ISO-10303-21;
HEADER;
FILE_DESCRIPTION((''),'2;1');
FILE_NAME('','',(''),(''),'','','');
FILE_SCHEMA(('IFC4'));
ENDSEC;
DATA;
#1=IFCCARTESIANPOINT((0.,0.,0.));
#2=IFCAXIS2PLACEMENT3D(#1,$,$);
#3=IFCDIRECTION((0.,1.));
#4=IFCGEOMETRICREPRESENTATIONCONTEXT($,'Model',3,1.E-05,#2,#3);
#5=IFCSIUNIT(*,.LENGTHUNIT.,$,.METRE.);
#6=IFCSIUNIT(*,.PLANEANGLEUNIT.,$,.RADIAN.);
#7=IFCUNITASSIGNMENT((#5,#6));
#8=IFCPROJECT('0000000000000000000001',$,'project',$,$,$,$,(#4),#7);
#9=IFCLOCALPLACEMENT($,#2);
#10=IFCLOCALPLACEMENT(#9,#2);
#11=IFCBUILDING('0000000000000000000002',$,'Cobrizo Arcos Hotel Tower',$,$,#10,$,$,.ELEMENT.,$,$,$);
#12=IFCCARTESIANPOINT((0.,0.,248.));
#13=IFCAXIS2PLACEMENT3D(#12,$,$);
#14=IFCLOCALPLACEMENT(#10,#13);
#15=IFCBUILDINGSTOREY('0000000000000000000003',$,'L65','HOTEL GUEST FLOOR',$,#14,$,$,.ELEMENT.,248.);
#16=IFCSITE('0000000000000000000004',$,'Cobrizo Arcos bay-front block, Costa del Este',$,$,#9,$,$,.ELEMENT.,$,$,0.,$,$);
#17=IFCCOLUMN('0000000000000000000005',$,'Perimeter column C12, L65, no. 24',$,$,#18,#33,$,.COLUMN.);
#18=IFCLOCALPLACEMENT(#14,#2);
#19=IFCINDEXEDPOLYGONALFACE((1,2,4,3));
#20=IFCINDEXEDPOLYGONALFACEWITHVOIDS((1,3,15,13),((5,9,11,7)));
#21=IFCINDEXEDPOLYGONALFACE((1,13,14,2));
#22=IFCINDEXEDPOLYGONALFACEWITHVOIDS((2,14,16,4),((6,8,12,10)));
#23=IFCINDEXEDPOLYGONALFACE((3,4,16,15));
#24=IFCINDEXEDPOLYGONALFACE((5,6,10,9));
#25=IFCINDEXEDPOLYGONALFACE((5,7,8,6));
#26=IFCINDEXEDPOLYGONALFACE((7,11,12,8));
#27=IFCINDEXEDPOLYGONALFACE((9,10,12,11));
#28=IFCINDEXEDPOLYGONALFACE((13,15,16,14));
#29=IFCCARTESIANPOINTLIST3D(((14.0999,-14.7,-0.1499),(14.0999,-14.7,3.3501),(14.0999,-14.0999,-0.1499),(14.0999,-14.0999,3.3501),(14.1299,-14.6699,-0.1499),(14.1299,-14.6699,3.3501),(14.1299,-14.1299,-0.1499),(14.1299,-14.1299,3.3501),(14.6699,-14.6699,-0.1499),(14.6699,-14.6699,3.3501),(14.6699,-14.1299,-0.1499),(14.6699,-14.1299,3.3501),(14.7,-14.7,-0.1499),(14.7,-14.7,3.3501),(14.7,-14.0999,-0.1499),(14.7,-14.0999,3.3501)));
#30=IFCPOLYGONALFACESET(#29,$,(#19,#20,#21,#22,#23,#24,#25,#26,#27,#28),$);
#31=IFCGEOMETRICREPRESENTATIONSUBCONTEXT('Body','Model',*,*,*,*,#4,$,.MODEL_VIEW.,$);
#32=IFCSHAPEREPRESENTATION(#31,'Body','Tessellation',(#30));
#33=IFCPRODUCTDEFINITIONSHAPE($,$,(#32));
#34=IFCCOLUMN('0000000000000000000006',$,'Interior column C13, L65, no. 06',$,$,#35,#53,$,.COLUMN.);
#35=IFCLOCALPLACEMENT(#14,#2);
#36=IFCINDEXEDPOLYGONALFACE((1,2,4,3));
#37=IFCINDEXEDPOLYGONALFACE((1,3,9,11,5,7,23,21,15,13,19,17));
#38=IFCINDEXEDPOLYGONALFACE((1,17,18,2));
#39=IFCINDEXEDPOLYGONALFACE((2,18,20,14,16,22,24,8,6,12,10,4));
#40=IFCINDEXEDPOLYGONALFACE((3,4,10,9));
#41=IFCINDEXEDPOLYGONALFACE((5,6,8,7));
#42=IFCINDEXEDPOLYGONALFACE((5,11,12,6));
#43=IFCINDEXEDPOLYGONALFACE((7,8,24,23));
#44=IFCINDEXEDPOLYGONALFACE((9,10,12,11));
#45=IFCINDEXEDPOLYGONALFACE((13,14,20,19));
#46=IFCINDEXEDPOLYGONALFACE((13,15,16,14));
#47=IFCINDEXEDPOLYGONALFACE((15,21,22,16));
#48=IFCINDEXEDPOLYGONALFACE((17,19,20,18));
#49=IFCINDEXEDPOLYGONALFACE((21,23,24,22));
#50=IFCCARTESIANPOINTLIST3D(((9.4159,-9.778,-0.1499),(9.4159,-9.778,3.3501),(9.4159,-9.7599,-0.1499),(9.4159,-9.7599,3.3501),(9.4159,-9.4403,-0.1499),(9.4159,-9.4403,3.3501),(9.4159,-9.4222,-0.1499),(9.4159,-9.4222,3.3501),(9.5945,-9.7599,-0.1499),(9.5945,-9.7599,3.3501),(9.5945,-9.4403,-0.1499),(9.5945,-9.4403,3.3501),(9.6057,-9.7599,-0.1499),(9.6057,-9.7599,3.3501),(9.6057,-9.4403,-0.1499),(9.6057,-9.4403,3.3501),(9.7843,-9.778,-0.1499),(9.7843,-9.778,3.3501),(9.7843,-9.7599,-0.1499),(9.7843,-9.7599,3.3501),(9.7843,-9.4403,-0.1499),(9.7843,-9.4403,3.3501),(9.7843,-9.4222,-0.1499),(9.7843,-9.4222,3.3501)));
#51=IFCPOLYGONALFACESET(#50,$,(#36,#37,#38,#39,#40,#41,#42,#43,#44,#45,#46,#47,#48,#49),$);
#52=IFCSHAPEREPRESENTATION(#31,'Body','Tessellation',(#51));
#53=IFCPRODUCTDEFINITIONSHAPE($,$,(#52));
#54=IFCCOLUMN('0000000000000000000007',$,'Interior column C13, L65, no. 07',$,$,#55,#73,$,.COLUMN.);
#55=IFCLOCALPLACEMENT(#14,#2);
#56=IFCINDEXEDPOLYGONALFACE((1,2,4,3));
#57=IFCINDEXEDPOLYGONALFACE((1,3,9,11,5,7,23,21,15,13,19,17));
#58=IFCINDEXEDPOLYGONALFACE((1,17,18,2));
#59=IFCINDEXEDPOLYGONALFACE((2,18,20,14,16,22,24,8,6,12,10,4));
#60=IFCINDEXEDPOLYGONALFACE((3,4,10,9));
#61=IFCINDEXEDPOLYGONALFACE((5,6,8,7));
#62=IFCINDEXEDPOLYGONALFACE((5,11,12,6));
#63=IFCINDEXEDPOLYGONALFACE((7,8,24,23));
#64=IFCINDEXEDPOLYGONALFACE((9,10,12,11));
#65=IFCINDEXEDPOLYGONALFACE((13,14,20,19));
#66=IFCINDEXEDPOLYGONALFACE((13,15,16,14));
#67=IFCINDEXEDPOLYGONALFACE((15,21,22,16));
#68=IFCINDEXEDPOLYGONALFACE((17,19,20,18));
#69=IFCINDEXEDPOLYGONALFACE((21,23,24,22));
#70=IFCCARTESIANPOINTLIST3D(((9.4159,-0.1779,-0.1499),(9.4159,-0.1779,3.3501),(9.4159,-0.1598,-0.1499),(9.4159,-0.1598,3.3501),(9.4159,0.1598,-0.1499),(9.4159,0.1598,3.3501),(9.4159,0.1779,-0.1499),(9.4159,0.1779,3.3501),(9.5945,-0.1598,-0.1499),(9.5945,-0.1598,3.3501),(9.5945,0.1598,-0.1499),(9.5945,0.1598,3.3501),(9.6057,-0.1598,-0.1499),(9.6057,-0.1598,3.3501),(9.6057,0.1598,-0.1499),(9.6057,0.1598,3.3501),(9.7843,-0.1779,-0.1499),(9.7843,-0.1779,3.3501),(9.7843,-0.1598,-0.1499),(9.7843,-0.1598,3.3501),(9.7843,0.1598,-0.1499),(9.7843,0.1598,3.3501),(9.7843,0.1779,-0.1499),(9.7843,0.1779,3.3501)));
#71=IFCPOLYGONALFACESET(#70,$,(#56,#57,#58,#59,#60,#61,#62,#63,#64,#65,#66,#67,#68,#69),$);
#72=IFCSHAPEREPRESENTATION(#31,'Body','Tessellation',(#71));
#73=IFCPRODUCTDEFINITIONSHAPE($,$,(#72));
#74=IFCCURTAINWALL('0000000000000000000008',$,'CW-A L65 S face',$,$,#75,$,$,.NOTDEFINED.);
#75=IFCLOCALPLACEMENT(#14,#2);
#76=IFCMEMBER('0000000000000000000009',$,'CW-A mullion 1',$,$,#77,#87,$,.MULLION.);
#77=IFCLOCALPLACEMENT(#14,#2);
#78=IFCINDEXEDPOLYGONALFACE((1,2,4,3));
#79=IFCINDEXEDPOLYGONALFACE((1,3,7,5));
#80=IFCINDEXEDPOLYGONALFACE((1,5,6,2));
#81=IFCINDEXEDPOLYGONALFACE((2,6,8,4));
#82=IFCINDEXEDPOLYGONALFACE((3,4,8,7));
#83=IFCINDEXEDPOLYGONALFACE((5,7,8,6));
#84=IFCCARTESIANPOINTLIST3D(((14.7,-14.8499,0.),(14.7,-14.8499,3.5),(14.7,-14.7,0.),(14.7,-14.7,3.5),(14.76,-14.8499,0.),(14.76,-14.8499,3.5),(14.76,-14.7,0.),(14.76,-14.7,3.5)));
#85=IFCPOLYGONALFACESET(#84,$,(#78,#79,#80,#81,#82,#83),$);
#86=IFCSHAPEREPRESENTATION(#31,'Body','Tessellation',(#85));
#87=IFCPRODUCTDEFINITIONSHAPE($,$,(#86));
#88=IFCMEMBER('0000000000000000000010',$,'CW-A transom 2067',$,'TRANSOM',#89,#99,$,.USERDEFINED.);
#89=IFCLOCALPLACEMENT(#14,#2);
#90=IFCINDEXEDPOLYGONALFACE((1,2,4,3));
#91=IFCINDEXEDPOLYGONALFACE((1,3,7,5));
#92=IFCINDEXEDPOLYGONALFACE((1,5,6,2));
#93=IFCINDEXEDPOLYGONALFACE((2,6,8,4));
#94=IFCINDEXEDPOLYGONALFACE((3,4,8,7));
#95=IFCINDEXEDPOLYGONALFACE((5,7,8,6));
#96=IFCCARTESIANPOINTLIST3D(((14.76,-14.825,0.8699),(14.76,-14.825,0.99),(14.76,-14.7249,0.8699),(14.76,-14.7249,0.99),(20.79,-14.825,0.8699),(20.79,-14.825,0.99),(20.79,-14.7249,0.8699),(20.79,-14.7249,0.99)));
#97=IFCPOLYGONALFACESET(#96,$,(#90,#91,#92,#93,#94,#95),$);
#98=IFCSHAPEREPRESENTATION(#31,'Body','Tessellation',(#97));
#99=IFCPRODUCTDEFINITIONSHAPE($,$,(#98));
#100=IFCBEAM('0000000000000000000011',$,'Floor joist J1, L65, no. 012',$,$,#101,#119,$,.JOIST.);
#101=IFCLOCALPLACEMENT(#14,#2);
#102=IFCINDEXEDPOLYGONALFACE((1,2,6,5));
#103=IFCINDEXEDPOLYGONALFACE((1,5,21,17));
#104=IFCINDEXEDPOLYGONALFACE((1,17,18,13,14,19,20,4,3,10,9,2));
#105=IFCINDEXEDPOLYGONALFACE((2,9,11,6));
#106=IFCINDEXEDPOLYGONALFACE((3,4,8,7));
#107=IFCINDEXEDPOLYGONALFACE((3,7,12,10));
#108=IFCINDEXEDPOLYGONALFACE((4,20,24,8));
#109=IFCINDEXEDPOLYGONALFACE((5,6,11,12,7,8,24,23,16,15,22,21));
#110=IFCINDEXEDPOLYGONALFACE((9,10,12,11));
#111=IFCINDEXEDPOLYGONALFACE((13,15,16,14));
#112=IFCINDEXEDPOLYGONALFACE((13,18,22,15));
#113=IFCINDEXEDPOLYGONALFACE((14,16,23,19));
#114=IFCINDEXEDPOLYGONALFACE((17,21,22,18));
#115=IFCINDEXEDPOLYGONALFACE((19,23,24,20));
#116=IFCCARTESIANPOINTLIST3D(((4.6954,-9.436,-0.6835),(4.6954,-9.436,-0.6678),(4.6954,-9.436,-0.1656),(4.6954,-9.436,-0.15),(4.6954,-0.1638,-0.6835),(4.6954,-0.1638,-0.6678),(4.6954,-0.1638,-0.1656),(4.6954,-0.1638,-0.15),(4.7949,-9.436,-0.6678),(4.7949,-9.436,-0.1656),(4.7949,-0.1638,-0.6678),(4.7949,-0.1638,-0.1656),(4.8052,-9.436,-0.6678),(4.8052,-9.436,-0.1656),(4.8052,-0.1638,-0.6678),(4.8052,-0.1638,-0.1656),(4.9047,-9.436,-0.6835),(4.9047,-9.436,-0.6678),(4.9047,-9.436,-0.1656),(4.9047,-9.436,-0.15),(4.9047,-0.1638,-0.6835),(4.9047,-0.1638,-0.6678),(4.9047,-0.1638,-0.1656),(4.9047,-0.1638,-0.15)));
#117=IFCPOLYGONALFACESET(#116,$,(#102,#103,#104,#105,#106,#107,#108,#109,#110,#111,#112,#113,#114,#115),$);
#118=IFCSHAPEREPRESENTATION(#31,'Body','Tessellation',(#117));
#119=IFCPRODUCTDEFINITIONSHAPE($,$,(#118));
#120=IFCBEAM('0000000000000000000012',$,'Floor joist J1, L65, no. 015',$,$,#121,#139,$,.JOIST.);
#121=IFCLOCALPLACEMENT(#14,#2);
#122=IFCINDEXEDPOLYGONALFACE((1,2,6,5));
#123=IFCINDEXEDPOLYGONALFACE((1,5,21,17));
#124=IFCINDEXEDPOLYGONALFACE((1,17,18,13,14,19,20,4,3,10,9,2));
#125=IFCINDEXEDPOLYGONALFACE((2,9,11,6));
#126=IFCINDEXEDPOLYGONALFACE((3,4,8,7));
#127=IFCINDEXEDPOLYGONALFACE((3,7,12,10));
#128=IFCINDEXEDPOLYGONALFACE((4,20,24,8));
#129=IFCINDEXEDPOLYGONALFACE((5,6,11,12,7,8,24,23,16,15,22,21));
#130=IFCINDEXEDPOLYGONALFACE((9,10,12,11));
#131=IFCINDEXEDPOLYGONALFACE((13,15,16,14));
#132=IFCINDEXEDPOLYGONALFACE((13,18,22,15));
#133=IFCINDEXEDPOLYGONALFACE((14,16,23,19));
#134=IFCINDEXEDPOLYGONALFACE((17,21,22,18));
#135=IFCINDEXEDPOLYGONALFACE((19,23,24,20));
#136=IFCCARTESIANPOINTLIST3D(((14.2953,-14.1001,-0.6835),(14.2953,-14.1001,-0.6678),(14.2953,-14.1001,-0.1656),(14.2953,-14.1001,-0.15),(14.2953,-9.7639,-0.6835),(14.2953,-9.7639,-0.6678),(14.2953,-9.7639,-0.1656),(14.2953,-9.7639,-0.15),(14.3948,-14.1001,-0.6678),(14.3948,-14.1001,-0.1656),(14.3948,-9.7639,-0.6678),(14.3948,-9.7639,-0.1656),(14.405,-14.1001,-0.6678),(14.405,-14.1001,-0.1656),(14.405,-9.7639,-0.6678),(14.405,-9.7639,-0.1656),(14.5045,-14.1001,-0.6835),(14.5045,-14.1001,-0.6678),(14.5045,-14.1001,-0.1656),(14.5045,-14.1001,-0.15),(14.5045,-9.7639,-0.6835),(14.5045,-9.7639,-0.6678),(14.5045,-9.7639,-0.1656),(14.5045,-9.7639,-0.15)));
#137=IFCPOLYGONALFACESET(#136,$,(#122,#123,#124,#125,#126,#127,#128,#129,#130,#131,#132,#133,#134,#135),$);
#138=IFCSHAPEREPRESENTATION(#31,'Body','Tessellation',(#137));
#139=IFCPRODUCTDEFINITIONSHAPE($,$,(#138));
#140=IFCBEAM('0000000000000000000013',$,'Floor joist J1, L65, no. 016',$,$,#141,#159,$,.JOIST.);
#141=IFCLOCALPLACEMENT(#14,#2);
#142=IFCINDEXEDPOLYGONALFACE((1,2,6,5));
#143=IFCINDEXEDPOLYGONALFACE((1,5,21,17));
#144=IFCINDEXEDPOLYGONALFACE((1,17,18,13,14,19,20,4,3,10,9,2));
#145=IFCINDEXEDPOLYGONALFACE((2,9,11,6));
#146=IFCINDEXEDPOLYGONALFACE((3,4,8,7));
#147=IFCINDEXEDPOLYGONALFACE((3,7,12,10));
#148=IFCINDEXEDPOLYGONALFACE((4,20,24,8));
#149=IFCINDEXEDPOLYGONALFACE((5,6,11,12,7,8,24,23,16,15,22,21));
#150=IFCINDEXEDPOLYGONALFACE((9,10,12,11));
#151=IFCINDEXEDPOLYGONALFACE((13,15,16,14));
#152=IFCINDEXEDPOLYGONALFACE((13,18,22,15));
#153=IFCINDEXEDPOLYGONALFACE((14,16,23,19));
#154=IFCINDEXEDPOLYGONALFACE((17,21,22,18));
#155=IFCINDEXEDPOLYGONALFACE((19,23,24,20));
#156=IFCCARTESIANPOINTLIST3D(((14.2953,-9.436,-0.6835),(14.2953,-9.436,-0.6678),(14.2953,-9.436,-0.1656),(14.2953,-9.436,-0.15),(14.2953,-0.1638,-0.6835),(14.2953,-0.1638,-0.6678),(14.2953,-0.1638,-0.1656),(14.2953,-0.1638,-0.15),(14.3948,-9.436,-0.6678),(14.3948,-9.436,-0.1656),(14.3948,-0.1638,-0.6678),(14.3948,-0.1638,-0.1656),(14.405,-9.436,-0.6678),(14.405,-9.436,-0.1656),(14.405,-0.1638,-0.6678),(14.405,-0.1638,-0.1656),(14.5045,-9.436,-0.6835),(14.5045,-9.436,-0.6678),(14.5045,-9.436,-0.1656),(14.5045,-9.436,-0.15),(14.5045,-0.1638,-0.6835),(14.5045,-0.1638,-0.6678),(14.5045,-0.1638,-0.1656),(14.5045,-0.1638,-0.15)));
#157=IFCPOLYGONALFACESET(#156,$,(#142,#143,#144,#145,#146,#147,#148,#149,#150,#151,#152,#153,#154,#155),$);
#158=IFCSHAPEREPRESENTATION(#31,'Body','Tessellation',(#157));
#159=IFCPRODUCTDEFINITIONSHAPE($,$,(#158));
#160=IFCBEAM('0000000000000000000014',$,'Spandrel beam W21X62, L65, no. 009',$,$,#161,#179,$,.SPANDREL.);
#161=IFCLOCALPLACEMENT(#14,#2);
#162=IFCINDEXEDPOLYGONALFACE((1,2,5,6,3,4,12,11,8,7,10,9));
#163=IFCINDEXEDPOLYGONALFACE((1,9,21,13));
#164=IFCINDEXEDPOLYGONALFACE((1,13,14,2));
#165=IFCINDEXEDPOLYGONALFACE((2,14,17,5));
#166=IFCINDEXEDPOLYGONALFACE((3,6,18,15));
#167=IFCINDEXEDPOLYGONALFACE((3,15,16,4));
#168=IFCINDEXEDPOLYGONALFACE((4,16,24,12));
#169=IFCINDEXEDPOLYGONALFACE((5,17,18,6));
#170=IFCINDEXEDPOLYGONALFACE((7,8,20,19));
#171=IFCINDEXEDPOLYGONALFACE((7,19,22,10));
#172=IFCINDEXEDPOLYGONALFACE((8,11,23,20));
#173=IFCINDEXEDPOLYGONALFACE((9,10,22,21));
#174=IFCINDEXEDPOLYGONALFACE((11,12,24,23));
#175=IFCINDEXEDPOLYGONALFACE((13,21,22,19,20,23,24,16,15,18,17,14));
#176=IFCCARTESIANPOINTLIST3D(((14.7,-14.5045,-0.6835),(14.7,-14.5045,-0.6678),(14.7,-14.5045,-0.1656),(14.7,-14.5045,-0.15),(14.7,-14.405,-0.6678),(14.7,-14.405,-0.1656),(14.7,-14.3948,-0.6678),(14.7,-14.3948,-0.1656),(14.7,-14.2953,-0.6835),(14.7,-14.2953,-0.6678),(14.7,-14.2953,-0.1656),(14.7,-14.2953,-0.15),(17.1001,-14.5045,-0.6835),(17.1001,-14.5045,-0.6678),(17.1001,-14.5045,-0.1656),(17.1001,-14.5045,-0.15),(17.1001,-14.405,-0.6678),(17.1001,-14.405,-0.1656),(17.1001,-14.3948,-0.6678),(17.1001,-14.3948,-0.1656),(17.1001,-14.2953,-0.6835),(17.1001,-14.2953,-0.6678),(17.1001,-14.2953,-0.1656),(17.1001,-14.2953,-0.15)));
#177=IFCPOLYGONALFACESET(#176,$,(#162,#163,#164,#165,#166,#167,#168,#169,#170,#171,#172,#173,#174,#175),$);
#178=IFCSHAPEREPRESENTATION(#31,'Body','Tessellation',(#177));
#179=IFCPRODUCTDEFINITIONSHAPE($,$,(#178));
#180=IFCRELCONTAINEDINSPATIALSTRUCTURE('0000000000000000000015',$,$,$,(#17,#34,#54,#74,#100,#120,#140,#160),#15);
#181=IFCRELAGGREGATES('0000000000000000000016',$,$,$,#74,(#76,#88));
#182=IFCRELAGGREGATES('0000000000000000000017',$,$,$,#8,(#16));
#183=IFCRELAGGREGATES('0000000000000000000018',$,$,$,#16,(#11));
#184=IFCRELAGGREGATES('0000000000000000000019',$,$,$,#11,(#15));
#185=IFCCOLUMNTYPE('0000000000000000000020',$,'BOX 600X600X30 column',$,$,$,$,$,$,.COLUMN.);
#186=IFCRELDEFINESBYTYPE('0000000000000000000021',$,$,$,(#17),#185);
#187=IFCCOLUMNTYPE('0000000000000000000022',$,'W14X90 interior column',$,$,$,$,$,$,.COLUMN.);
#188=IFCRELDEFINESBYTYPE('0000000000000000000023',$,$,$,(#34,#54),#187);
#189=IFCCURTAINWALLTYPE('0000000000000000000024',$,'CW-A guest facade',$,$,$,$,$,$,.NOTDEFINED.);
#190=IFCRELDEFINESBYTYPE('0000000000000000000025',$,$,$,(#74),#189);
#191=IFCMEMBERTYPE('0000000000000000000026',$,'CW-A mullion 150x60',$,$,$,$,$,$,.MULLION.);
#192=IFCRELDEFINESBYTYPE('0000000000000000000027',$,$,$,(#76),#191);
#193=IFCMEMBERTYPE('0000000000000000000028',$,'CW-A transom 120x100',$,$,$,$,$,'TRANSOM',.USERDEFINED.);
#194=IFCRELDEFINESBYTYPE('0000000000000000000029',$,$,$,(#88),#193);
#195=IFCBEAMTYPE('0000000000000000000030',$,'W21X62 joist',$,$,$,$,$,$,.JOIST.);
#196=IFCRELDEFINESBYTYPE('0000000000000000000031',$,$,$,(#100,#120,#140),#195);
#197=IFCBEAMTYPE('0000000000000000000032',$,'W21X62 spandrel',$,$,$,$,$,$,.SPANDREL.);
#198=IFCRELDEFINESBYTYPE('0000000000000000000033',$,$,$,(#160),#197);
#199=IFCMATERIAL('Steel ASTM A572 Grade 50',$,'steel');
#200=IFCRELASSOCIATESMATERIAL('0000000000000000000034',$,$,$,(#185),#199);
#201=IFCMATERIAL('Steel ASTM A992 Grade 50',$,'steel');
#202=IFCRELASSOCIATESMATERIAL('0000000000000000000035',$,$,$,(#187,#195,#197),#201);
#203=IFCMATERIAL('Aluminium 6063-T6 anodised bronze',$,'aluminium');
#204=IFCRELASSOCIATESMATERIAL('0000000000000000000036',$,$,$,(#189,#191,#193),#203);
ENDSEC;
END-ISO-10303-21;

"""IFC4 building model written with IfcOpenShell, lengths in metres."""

from ifc_helpers import new_model, si_unit, direction, frame, origin, origin_2d, place, context, subcontext, project, spatial, rectangle, hollow_rectangle, i_section, extrude, material, material_profile, profile_set, type_object, element, aggregate, save


model = new_model("IFC4")

# Units and contexts
model_context = context("Model", 3, precision=1e-05, world=origin(), true_north=direction((0.0, 1.0)))
body_context = subcontext(model_context, "Body", "Model", "MODEL_VIEW")
ifc_project = project(units=[si_unit("LENGTHUNIT", "METRE"), si_unit("PLANEANGLEUNIT", "RADIAN")], contexts=[model_context])

# Site, building, storey
site_placement = place(None, origin())
site = spatial("IfcSite", under=ifc_project, at=site_placement, Name="Cobrizo Arcos bay-front block, Costa del Este", CompositionType="ELEMENT", RefElevation=0.0)
building_placement = place(site_placement, origin())
building = spatial("IfcBuilding", under=site, at=building_placement, Name="Cobrizo Arcos Hotel Tower", CompositionType="ELEMENT")
storey_placement = place(building_placement, frame((0.0, 0.0, 248.0)))
storey = spatial("IfcBuildingStorey", under=building, at=storey_placement, Name="L65", Description="HOTEL GUEST FLOOR", CompositionType="ELEMENT", Elevation=248.0)

# Columns
ifc_material_1 = material(Name="Steel ASTM A572 Grade 50", Category="steel")
ifc_material_profile_1 = material_profile(ifc_material_1, hollow_rectangle(XDim=0.6001, YDim=0.6001, WallThickness=0.03, at=origin_2d()), Name="BOX 600X600X30")
ifc_profile_set_1 = profile_set([ifc_material_profile_1], Name="Steel ASTM A572 Grade 50")
column_type_1 = type_object("IfcColumnType", Name="BOX 600X600X30 column", PredefinedType="COLUMN", material=ifc_profile_set_1)
column_placement = place(storey_placement, frame((14.3999, -14.3999, -0.1499), z_axis=(0.0, 0.0, 1.0), x_axis=(1.0, 0.0, 0.0)))
element("IfcColumn", 1, at=column_placement, inside=storey, type_object=column_type_1, Name="Perimeter column C12, L65, no. 24", PredefinedType="COLUMN", context=body_context, shape_type="SweptSolid", body=[
    extrude(hollow_rectangle(XDim=0.6001, YDim=0.6001, WallThickness=0.03, at=origin_2d()), origin(), (0.0, 0.0, 1.0), 3.5),
])
ifc_material_2 = material(Name="Steel ASTM A992 Grade 50", Category="steel")
ifc_material_profile_2 = material_profile(ifc_material_2, i_section(OverallWidth=0.3684, OverallDepth=0.3557, WebThickness=0.0112, FlangeThickness=0.0181, at=origin_2d()), Name="W14X90")
ifc_profile_set_2 = profile_set([ifc_material_profile_2], Name="Steel ASTM A992 Grade 50")
column_type_2 = type_object("IfcColumnType", Name="W14X90 interior column", PredefinedType="COLUMN", material=ifc_profile_set_2)
for number, where, z_axis, x_axis, name in (
    (2, (9.6001, -9.6001, -0.1499), (0.0, 0.0, 1.0), (1.0, 0.0, 0.0), "Interior column C13, L65, no. 06"),
    (3, (9.6001, 0.0, -0.1499), (0.0, 0.0, 1.0), (1.0, 0.0, 0.0), "Interior column C13, L65, no. 07"),
):
    element("IfcColumn", number, at=place(storey_placement, frame(where, z_axis=z_axis, x_axis=x_axis)), inside=storey, type_object=column_type_2, Name=name, PredefinedType="COLUMN", context=body_context, shape_type="SweptSolid", body=[
        extrude(i_section(OverallWidth=0.3684, OverallDepth=0.3557, WebThickness=0.0112, FlangeThickness=0.0181, at=origin_2d()), origin(), (0.0, 0.0, 1.0), 3.5),
    ])

# Curtain wall, members
ifc_material_3 = material(Name="Aluminium 6063-T6 anodised bronze", Category="aluminium")
curtain_wall_type = type_object("IfcCurtainWallType", Name="CW-A guest facade", PredefinedType="NOTDEFINED", material=ifc_material_3)
curtain_wall_placement = place(storey_placement, origin())
curtain_wall = element("IfcCurtainWall", 4, at=curtain_wall_placement, inside=storey, type_object=curtain_wall_type, Name="CW-A L65 S face", PredefinedType="NOTDEFINED")
ifc_material_profile_3 = material_profile(ifc_material_3, rectangle(XDim=0.1499, YDim=0.0601, at=origin_2d()), Name="CW-A mullion 150x60")
ifc_profile_set_3 = profile_set([ifc_material_profile_3], Name="Aluminium 6063-T6 anodised bronze")
member_type_1 = type_object("IfcMemberType", Name="CW-A mullion 150x60", PredefinedType="MULLION", material=ifc_profile_set_3)
member_1_placement = place(storey_placement, frame((14.73, -14.7749, 0.0), z_axis=(0.0, 0.0, 1.0), x_axis=(0.0, -1.0, 0.0)))
member_1 = element("IfcMember", 5, at=member_1_placement, type_object=member_type_1, Name="CW-A mullion 1", PredefinedType="MULLION", context=body_context, shape_type="SweptSolid", body=[
    extrude(rectangle(XDim=0.1499, YDim=0.0601, at=origin_2d()), origin(), (0.0, 0.0, 1.0), 3.5),
])
ifc_material_profile_4 = material_profile(ifc_material_3, rectangle(XDim=0.1001, YDim=0.1201, at=origin_2d()), Name="CW-A transom 120x100")
ifc_profile_set_4 = profile_set([ifc_material_profile_4], Name="Aluminium 6063-T6 anodised bronze")
member_type_2 = type_object("IfcMemberType", Name="CW-A transom 120x100", ElementType="TRANSOM", PredefinedType="USERDEFINED", material=ifc_profile_set_4)
member_2_placement = place(storey_placement, frame((14.76, -14.7749, 0.9299), z_axis=(1.0, 0.0, 0.0), x_axis=(0.0, 1.0, 0.0)))
member_2 = element("IfcMember", 6, at=member_2_placement, type_object=member_type_2, Name="CW-A transom 2067", ObjectType="TRANSOM", PredefinedType="USERDEFINED", context=body_context, shape_type="SweptSolid", body=[
    extrude(rectangle(XDim=0.1001, YDim=0.1201, at=origin_2d()), origin(), (0.0, 0.0, 1.0), 6.03),
])
aggregate(curtain_wall, [member_1, member_2])

# Beams
ifc_material_profile_5 = material_profile(ifc_material_2, i_section(OverallWidth=0.2092, OverallDepth=0.5334, WebThickness=0.0103, FlangeThickness=0.0156, at=origin_2d()), Name="W21X62")
ifc_profile_set_5 = profile_set([ifc_material_profile_5], Name="Steel ASTM A992 Grade 50")
beam_type_1 = type_object("IfcBeamType", Name="W21X62 joist", PredefinedType="JOIST", material=ifc_profile_set_5)
beam_1_placement = place(storey_placement, frame((4.8, -9.436, -0.4167), z_axis=(0.0, 1.0, 0.0), x_axis=(-1.0, 0.0, 0.0)))
element("IfcBeam", 7, at=beam_1_placement, inside=storey, type_object=beam_type_1, Name="Floor joist J1, L65, no. 012", PredefinedType="JOIST", context=body_context, shape_type="SweptSolid", body=[
    extrude(i_section(OverallWidth=0.2092, OverallDepth=0.5334, WebThickness=0.0103, FlangeThickness=0.0156, at=origin_2d()), origin(), (0.0, 0.0, 1.0), 9.2722),
])
beam_2_placement = place(storey_placement, frame((14.3999, -14.1001, -0.4167), z_axis=(0.0, 1.0, 0.0), x_axis=(-1.0, 0.0, 0.0)))
element("IfcBeam", 8, at=beam_2_placement, inside=storey, type_object=beam_type_1, Name="Floor joist J1, L65, no. 015", PredefinedType="JOIST", context=body_context, shape_type="SweptSolid", body=[
    extrude(i_section(OverallWidth=0.2092, OverallDepth=0.5334, WebThickness=0.0103, FlangeThickness=0.0156, at=origin_2d()), origin(), (0.0, 0.0, 1.0), 4.3362),
])
beam_3_placement = place(storey_placement, frame((14.3999, -9.436, -0.4167), z_axis=(0.0, 1.0, 0.0), x_axis=(-1.0, 0.0, 0.0)))
element("IfcBeam", 9, at=beam_3_placement, inside=storey, type_object=beam_type_1, Name="Floor joist J1, L65, no. 016", PredefinedType="JOIST", context=body_context, shape_type="SweptSolid", body=[
    extrude(i_section(OverallWidth=0.2092, OverallDepth=0.5334, WebThickness=0.0103, FlangeThickness=0.0156, at=origin_2d()), origin(), (0.0, 0.0, 1.0), 9.2722),
])
ifc_material_profile_6 = material_profile(ifc_material_2, i_section(OverallWidth=0.2092, OverallDepth=0.5334, WebThickness=0.0103, FlangeThickness=0.0156, at=origin_2d()), Name="W21X62")
ifc_profile_set_6 = profile_set([ifc_material_profile_6], Name="Steel ASTM A992 Grade 50")
beam_type_2 = type_object("IfcBeamType", Name="W21X62 spandrel", PredefinedType="SPANDREL", material=ifc_profile_set_6)
beam_4_placement = place(storey_placement, frame((14.7, -14.3999, -0.4167), z_axis=(1.0, 0.0, 0.0), x_axis=(0.0, 1.0, 0.0)))
element("IfcBeam", 10, at=beam_4_placement, inside=storey, type_object=beam_type_2, Name="Spandrel beam W21X62, L65, no. 009", PredefinedType="SPANDREL", context=body_context, shape_type="SweptSolid", body=[
    extrude(i_section(OverallWidth=0.2092, OverallDepth=0.5334, WebThickness=0.0103, FlangeThickness=0.0156, at=origin_2d()), origin(), (0.0, 0.0, 1.0), 2.4001),
])

save(model, "model.ifc")
